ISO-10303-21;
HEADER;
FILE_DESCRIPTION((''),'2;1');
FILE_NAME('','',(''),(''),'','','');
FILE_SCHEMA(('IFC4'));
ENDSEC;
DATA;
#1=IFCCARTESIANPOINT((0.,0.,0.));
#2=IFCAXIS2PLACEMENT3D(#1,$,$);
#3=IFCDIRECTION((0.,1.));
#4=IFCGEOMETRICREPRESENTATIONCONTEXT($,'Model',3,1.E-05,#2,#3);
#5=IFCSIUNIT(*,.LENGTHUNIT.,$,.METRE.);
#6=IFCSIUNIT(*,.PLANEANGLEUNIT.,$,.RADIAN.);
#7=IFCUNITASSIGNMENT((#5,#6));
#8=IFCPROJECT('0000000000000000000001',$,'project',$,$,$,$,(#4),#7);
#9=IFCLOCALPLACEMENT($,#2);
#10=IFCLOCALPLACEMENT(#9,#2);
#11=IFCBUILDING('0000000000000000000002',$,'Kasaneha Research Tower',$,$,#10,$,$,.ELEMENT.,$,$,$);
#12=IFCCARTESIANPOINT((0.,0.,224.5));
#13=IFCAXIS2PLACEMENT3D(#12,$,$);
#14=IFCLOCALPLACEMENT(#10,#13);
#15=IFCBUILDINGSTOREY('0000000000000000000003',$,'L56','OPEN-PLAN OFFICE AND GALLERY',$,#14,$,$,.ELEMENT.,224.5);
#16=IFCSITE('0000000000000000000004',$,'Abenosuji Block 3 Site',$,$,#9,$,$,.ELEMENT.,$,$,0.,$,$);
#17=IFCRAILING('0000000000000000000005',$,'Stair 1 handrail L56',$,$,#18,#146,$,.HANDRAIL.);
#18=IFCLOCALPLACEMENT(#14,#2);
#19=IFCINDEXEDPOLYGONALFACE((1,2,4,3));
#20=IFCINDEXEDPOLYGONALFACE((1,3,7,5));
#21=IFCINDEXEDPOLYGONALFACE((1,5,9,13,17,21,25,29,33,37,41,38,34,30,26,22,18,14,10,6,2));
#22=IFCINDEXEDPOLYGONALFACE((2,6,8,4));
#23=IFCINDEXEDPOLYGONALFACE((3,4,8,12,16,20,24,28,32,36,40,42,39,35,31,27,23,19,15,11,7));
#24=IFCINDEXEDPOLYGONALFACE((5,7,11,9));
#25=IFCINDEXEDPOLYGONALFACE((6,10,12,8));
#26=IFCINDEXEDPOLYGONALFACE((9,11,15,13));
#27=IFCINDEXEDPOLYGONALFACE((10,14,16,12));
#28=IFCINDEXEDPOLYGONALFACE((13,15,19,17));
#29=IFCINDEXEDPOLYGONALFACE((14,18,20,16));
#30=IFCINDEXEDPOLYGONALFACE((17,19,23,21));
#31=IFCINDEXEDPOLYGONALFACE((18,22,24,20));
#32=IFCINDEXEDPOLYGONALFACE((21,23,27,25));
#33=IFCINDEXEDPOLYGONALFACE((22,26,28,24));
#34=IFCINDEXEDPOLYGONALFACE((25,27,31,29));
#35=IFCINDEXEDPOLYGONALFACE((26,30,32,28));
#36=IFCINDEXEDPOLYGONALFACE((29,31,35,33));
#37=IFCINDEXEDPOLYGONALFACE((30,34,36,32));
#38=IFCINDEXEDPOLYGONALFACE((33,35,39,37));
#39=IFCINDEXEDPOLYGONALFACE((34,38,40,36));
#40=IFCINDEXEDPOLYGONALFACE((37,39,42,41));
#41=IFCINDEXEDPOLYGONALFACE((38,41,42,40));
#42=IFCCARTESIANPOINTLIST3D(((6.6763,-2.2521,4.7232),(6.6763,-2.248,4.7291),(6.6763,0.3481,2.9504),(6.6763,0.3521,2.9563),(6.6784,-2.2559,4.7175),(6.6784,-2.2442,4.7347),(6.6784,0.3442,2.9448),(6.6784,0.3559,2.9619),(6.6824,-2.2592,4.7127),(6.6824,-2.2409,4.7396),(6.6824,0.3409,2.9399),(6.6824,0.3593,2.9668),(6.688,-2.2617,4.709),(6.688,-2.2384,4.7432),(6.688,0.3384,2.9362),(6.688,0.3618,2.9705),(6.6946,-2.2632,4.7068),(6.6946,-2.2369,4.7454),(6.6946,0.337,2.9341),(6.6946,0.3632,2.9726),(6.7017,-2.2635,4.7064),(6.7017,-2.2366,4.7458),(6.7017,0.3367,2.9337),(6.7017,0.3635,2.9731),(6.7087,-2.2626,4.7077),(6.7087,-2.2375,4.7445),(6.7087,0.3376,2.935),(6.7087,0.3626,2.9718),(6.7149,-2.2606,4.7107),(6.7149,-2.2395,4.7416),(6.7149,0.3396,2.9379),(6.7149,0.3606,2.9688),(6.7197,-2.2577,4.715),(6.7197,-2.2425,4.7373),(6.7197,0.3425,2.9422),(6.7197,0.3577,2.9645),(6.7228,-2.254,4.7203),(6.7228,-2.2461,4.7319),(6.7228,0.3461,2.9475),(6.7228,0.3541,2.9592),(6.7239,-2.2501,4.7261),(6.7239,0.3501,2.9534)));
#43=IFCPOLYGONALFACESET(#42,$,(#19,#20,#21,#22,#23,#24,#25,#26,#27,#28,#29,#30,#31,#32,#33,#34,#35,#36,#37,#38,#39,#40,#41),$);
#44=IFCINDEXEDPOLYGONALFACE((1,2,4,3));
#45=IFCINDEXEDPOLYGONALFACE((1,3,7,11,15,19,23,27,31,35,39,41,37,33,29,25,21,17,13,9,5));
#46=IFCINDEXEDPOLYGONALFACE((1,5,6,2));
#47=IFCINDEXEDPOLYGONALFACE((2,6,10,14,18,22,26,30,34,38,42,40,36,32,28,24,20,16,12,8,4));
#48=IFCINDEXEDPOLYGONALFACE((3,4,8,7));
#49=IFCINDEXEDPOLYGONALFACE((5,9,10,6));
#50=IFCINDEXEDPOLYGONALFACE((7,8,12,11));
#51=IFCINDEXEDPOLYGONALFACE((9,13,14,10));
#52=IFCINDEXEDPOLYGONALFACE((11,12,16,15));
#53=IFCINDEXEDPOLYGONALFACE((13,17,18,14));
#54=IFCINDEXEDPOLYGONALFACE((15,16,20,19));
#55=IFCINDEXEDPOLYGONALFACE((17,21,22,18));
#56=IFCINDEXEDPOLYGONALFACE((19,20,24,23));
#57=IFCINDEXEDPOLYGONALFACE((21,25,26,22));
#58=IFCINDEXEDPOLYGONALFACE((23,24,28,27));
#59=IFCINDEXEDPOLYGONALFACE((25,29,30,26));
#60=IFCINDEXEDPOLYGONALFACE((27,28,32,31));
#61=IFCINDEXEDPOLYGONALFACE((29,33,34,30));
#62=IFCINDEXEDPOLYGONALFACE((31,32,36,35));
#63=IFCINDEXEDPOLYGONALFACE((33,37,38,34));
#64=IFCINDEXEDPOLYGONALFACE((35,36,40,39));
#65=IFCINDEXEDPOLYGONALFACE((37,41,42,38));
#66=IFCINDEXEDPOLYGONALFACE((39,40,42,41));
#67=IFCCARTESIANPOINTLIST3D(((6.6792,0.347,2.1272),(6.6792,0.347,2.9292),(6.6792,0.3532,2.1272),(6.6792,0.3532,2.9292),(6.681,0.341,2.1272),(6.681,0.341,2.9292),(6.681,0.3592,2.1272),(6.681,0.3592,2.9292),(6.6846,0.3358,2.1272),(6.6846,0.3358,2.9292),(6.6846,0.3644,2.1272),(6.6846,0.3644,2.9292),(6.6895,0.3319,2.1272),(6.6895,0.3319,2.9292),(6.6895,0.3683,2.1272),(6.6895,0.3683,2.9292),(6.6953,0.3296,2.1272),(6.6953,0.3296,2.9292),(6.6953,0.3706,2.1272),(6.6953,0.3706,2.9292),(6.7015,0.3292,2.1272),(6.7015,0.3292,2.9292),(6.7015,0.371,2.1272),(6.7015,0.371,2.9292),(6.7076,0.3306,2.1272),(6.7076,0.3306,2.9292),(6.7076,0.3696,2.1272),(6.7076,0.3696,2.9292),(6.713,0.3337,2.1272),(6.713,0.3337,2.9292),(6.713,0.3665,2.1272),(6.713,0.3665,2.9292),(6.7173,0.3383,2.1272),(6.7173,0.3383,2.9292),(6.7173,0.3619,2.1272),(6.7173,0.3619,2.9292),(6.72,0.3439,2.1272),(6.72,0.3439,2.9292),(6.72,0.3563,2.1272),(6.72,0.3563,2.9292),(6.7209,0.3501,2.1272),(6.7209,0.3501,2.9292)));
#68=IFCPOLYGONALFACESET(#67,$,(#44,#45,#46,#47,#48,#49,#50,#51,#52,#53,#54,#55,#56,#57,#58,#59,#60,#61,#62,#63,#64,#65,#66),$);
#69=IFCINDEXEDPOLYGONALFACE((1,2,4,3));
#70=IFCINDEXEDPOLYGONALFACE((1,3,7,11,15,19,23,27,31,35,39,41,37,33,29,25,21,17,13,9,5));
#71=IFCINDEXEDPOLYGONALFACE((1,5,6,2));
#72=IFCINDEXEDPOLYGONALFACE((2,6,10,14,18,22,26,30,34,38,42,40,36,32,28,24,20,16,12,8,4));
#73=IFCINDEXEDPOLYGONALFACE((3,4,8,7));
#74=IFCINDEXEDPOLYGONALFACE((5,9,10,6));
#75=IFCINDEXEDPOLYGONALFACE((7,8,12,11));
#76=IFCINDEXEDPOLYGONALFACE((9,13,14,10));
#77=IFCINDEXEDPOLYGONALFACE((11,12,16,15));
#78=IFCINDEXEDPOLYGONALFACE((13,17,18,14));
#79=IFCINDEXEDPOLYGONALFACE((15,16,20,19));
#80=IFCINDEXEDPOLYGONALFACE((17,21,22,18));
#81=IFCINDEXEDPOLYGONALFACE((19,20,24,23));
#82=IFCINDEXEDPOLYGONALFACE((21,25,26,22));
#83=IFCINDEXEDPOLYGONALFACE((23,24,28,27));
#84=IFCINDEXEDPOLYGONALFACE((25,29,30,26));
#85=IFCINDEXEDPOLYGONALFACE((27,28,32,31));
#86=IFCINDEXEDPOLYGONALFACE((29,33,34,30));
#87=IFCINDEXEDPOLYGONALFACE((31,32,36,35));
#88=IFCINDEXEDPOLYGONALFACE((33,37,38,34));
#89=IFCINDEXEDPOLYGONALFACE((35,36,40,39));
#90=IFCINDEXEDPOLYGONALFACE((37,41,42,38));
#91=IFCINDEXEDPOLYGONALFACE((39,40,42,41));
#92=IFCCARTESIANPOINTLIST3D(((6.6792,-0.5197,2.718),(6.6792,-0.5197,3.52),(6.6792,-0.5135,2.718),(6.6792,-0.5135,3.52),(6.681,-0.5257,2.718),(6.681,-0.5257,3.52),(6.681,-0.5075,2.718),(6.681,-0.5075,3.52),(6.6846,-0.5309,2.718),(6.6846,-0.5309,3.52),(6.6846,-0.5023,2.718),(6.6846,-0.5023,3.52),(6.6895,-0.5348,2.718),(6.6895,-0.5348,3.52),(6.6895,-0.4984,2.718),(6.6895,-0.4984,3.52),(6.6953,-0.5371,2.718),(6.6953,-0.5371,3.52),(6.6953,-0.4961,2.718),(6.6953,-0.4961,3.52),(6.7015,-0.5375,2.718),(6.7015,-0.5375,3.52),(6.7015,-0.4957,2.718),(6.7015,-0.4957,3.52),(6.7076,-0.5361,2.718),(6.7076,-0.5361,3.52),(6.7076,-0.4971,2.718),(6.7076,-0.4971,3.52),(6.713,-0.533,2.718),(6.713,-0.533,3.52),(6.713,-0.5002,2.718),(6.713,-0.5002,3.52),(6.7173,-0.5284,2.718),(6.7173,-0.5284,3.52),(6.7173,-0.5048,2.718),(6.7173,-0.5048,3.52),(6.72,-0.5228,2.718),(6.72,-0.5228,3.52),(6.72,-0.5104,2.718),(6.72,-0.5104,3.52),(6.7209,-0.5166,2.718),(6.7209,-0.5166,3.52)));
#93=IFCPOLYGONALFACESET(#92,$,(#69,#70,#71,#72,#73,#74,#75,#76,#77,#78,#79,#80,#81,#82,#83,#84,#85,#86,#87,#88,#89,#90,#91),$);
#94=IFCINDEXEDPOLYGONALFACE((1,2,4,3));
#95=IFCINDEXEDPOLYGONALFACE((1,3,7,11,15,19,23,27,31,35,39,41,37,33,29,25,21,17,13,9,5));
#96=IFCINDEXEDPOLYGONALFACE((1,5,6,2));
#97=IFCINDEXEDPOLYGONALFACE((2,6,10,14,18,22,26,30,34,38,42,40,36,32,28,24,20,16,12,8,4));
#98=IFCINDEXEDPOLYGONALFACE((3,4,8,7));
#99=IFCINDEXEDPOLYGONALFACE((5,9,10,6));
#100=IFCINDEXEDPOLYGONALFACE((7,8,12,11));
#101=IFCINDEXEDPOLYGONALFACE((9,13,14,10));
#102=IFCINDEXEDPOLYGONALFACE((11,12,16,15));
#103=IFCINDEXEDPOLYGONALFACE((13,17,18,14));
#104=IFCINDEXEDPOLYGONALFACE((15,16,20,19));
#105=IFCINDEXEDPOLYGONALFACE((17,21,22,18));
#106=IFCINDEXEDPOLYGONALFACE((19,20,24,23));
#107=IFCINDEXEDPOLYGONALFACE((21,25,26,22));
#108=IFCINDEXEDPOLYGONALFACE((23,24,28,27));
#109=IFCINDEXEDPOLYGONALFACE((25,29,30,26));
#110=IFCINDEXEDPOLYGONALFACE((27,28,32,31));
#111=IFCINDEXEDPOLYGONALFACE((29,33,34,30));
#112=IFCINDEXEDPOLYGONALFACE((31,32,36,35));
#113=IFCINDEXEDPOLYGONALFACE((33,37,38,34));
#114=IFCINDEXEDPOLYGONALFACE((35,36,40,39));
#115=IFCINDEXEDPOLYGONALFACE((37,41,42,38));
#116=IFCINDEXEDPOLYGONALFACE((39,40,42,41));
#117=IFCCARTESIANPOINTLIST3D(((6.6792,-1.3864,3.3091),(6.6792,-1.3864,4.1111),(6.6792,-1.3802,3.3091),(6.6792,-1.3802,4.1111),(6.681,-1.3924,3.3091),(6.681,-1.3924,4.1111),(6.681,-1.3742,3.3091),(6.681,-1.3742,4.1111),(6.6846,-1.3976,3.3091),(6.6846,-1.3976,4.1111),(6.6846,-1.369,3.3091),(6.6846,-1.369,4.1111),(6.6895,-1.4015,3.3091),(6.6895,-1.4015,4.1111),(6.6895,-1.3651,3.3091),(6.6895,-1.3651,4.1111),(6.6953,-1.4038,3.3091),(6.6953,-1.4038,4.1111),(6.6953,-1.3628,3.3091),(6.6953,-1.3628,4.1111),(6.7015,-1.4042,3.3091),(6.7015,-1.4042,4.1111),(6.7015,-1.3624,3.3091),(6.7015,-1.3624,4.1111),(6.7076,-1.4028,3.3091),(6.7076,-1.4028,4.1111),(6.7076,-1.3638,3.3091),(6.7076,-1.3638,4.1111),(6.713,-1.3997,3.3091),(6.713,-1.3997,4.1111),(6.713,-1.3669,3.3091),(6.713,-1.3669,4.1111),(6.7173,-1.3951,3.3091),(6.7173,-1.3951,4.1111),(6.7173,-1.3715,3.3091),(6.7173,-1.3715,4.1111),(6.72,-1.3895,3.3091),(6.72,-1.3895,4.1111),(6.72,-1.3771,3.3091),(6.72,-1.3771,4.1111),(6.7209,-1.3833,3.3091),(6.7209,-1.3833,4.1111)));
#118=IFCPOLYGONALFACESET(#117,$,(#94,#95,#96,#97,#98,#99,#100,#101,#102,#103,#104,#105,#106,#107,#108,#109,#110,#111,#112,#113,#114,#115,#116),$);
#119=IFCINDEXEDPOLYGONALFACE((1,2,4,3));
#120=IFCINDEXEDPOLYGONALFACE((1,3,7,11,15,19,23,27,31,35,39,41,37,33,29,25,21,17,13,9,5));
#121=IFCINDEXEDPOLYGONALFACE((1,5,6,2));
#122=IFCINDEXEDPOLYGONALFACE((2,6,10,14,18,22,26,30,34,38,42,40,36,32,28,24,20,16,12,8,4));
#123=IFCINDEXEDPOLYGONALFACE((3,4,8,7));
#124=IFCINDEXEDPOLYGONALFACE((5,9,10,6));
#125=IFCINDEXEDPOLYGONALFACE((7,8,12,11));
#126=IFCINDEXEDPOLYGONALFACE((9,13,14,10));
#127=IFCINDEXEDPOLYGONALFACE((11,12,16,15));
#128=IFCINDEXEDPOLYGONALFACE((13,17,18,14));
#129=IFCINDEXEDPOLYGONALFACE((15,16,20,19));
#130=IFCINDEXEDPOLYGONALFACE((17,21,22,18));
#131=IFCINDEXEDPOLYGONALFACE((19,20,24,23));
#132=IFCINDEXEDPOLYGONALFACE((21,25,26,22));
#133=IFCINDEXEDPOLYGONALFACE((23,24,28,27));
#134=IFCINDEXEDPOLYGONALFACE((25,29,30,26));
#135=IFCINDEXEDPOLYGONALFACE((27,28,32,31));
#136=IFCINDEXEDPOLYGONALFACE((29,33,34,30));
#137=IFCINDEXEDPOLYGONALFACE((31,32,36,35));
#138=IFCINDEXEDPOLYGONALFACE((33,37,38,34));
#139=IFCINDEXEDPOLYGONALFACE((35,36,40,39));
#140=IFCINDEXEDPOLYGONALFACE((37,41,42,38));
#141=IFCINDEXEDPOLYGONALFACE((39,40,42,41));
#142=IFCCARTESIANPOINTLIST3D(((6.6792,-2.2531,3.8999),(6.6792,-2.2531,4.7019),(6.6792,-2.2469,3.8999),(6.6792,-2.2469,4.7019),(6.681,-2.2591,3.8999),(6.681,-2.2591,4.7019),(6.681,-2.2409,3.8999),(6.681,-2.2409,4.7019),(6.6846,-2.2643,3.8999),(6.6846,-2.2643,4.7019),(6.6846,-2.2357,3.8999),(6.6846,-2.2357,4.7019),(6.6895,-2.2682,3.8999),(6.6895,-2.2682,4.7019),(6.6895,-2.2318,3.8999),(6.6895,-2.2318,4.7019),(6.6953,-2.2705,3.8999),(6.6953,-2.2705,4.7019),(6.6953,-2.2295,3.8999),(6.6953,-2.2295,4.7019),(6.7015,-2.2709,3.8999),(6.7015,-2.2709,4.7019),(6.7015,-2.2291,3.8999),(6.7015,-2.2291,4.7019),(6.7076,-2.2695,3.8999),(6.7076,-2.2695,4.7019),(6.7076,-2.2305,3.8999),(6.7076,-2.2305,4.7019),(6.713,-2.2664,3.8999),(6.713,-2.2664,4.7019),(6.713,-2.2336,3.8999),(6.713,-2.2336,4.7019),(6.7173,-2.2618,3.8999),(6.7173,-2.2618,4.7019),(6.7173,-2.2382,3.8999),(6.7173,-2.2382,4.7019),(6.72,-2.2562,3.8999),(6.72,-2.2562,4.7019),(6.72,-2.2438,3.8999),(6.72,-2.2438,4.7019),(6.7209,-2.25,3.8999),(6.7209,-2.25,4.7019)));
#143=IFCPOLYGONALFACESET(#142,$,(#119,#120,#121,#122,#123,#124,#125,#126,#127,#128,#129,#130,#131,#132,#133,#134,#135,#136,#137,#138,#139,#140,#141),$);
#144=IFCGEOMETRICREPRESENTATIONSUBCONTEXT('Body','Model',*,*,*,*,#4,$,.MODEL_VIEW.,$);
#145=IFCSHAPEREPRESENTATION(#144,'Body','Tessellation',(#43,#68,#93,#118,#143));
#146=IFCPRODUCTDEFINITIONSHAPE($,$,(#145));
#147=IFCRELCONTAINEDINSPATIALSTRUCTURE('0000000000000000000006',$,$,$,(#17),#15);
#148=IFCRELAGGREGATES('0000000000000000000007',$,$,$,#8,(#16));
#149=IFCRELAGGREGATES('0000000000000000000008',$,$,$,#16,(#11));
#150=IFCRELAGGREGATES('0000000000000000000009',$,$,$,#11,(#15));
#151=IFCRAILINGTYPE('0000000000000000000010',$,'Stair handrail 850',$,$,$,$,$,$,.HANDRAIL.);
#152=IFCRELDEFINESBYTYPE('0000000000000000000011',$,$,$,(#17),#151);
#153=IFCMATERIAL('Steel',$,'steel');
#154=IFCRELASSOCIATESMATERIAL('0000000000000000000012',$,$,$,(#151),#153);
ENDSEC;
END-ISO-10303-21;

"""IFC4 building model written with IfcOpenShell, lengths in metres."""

from ifc_helpers import new_model, si_unit, direction, frame, origin, origin_2d, place, context, subcontext, project, spatial, circle, extrude, material, type_object, element, save


model = new_model("IFC4")

# Units and contexts
model_context = context("Model", 3, precision=1e-05, world=origin(), true_north=direction((0.0, 1.0)))
body_context = subcontext(model_context, "Body", "Model", "MODEL_VIEW")
ifc_project = project(units=[si_unit("LENGTHUNIT", "METRE"), si_unit("PLANEANGLEUNIT", "RADIAN")], contexts=[model_context])

# Site, building, storey
site_placement = place(None, origin())
site = spatial("IfcSite", under=ifc_project, at=site_placement, Name="Abenosuji Block 3 Site", CompositionType="ELEMENT", RefElevation=0.0)
building_placement = place(site_placement, origin())
building = spatial("IfcBuilding", under=site, at=building_placement, Name="Kasaneha Research Tower", CompositionType="ELEMENT")
storey_placement = place(building_placement, frame((0.0, 0.0, 224.5)))
storey = spatial("IfcBuildingStorey", under=building, at=storey_placement, Name="L56", Description="OPEN-PLAN OFFICE AND GALLERY", CompositionType="ELEMENT", Elevation=224.5)

# Railing
ifc_material_1 = material(Name="Steel", Category="steel")
railing_type_1 = type_object("IfcRailingType", Name="Stair handrail 850", PredefinedType="HANDRAIL", material=ifc_material_1)
railing_1_placement = place(storey_placement, frame((6.7, 0.3501, 2.1272)))
element("IfcRailing", 1, at=railing_1_placement, inside=storey, type_object=railing_type_1, Name="Stair 1 handrail L56", PredefinedType="HANDRAIL", context=body_context, shape_type="SweptSolid", body=[
    extrude(circle(Radius=0.0239, at=origin_2d()), frame((0.0, 0.0, 0.8262), z_axis=(0.0, -0.82624, 0.563318), x_axis=(1.0, 0.0, 0.0)), (0.0, 0.0, 1.0), 3.147),
    extrude(circle(Radius=0.021, at=origin_2d()), origin(), (0.0, 0.0, 1.0), 0.802),
    extrude(circle(Radius=0.021, at=origin_2d()), frame((0.0, -0.8667, 0.5908)), (0.0, 0.0, 1.0), 0.802),
    extrude(circle(Radius=0.021, at=origin_2d()), frame((0.0, -1.7334, 1.1819)), (0.0, 0.0, 1.0), 0.802),
    extrude(circle(Radius=0.021, at=origin_2d()), frame((0.0, -2.6001, 1.7727)), (0.0, 0.0, 1.0), 0.802),
])

save(model, "model.ifc")
